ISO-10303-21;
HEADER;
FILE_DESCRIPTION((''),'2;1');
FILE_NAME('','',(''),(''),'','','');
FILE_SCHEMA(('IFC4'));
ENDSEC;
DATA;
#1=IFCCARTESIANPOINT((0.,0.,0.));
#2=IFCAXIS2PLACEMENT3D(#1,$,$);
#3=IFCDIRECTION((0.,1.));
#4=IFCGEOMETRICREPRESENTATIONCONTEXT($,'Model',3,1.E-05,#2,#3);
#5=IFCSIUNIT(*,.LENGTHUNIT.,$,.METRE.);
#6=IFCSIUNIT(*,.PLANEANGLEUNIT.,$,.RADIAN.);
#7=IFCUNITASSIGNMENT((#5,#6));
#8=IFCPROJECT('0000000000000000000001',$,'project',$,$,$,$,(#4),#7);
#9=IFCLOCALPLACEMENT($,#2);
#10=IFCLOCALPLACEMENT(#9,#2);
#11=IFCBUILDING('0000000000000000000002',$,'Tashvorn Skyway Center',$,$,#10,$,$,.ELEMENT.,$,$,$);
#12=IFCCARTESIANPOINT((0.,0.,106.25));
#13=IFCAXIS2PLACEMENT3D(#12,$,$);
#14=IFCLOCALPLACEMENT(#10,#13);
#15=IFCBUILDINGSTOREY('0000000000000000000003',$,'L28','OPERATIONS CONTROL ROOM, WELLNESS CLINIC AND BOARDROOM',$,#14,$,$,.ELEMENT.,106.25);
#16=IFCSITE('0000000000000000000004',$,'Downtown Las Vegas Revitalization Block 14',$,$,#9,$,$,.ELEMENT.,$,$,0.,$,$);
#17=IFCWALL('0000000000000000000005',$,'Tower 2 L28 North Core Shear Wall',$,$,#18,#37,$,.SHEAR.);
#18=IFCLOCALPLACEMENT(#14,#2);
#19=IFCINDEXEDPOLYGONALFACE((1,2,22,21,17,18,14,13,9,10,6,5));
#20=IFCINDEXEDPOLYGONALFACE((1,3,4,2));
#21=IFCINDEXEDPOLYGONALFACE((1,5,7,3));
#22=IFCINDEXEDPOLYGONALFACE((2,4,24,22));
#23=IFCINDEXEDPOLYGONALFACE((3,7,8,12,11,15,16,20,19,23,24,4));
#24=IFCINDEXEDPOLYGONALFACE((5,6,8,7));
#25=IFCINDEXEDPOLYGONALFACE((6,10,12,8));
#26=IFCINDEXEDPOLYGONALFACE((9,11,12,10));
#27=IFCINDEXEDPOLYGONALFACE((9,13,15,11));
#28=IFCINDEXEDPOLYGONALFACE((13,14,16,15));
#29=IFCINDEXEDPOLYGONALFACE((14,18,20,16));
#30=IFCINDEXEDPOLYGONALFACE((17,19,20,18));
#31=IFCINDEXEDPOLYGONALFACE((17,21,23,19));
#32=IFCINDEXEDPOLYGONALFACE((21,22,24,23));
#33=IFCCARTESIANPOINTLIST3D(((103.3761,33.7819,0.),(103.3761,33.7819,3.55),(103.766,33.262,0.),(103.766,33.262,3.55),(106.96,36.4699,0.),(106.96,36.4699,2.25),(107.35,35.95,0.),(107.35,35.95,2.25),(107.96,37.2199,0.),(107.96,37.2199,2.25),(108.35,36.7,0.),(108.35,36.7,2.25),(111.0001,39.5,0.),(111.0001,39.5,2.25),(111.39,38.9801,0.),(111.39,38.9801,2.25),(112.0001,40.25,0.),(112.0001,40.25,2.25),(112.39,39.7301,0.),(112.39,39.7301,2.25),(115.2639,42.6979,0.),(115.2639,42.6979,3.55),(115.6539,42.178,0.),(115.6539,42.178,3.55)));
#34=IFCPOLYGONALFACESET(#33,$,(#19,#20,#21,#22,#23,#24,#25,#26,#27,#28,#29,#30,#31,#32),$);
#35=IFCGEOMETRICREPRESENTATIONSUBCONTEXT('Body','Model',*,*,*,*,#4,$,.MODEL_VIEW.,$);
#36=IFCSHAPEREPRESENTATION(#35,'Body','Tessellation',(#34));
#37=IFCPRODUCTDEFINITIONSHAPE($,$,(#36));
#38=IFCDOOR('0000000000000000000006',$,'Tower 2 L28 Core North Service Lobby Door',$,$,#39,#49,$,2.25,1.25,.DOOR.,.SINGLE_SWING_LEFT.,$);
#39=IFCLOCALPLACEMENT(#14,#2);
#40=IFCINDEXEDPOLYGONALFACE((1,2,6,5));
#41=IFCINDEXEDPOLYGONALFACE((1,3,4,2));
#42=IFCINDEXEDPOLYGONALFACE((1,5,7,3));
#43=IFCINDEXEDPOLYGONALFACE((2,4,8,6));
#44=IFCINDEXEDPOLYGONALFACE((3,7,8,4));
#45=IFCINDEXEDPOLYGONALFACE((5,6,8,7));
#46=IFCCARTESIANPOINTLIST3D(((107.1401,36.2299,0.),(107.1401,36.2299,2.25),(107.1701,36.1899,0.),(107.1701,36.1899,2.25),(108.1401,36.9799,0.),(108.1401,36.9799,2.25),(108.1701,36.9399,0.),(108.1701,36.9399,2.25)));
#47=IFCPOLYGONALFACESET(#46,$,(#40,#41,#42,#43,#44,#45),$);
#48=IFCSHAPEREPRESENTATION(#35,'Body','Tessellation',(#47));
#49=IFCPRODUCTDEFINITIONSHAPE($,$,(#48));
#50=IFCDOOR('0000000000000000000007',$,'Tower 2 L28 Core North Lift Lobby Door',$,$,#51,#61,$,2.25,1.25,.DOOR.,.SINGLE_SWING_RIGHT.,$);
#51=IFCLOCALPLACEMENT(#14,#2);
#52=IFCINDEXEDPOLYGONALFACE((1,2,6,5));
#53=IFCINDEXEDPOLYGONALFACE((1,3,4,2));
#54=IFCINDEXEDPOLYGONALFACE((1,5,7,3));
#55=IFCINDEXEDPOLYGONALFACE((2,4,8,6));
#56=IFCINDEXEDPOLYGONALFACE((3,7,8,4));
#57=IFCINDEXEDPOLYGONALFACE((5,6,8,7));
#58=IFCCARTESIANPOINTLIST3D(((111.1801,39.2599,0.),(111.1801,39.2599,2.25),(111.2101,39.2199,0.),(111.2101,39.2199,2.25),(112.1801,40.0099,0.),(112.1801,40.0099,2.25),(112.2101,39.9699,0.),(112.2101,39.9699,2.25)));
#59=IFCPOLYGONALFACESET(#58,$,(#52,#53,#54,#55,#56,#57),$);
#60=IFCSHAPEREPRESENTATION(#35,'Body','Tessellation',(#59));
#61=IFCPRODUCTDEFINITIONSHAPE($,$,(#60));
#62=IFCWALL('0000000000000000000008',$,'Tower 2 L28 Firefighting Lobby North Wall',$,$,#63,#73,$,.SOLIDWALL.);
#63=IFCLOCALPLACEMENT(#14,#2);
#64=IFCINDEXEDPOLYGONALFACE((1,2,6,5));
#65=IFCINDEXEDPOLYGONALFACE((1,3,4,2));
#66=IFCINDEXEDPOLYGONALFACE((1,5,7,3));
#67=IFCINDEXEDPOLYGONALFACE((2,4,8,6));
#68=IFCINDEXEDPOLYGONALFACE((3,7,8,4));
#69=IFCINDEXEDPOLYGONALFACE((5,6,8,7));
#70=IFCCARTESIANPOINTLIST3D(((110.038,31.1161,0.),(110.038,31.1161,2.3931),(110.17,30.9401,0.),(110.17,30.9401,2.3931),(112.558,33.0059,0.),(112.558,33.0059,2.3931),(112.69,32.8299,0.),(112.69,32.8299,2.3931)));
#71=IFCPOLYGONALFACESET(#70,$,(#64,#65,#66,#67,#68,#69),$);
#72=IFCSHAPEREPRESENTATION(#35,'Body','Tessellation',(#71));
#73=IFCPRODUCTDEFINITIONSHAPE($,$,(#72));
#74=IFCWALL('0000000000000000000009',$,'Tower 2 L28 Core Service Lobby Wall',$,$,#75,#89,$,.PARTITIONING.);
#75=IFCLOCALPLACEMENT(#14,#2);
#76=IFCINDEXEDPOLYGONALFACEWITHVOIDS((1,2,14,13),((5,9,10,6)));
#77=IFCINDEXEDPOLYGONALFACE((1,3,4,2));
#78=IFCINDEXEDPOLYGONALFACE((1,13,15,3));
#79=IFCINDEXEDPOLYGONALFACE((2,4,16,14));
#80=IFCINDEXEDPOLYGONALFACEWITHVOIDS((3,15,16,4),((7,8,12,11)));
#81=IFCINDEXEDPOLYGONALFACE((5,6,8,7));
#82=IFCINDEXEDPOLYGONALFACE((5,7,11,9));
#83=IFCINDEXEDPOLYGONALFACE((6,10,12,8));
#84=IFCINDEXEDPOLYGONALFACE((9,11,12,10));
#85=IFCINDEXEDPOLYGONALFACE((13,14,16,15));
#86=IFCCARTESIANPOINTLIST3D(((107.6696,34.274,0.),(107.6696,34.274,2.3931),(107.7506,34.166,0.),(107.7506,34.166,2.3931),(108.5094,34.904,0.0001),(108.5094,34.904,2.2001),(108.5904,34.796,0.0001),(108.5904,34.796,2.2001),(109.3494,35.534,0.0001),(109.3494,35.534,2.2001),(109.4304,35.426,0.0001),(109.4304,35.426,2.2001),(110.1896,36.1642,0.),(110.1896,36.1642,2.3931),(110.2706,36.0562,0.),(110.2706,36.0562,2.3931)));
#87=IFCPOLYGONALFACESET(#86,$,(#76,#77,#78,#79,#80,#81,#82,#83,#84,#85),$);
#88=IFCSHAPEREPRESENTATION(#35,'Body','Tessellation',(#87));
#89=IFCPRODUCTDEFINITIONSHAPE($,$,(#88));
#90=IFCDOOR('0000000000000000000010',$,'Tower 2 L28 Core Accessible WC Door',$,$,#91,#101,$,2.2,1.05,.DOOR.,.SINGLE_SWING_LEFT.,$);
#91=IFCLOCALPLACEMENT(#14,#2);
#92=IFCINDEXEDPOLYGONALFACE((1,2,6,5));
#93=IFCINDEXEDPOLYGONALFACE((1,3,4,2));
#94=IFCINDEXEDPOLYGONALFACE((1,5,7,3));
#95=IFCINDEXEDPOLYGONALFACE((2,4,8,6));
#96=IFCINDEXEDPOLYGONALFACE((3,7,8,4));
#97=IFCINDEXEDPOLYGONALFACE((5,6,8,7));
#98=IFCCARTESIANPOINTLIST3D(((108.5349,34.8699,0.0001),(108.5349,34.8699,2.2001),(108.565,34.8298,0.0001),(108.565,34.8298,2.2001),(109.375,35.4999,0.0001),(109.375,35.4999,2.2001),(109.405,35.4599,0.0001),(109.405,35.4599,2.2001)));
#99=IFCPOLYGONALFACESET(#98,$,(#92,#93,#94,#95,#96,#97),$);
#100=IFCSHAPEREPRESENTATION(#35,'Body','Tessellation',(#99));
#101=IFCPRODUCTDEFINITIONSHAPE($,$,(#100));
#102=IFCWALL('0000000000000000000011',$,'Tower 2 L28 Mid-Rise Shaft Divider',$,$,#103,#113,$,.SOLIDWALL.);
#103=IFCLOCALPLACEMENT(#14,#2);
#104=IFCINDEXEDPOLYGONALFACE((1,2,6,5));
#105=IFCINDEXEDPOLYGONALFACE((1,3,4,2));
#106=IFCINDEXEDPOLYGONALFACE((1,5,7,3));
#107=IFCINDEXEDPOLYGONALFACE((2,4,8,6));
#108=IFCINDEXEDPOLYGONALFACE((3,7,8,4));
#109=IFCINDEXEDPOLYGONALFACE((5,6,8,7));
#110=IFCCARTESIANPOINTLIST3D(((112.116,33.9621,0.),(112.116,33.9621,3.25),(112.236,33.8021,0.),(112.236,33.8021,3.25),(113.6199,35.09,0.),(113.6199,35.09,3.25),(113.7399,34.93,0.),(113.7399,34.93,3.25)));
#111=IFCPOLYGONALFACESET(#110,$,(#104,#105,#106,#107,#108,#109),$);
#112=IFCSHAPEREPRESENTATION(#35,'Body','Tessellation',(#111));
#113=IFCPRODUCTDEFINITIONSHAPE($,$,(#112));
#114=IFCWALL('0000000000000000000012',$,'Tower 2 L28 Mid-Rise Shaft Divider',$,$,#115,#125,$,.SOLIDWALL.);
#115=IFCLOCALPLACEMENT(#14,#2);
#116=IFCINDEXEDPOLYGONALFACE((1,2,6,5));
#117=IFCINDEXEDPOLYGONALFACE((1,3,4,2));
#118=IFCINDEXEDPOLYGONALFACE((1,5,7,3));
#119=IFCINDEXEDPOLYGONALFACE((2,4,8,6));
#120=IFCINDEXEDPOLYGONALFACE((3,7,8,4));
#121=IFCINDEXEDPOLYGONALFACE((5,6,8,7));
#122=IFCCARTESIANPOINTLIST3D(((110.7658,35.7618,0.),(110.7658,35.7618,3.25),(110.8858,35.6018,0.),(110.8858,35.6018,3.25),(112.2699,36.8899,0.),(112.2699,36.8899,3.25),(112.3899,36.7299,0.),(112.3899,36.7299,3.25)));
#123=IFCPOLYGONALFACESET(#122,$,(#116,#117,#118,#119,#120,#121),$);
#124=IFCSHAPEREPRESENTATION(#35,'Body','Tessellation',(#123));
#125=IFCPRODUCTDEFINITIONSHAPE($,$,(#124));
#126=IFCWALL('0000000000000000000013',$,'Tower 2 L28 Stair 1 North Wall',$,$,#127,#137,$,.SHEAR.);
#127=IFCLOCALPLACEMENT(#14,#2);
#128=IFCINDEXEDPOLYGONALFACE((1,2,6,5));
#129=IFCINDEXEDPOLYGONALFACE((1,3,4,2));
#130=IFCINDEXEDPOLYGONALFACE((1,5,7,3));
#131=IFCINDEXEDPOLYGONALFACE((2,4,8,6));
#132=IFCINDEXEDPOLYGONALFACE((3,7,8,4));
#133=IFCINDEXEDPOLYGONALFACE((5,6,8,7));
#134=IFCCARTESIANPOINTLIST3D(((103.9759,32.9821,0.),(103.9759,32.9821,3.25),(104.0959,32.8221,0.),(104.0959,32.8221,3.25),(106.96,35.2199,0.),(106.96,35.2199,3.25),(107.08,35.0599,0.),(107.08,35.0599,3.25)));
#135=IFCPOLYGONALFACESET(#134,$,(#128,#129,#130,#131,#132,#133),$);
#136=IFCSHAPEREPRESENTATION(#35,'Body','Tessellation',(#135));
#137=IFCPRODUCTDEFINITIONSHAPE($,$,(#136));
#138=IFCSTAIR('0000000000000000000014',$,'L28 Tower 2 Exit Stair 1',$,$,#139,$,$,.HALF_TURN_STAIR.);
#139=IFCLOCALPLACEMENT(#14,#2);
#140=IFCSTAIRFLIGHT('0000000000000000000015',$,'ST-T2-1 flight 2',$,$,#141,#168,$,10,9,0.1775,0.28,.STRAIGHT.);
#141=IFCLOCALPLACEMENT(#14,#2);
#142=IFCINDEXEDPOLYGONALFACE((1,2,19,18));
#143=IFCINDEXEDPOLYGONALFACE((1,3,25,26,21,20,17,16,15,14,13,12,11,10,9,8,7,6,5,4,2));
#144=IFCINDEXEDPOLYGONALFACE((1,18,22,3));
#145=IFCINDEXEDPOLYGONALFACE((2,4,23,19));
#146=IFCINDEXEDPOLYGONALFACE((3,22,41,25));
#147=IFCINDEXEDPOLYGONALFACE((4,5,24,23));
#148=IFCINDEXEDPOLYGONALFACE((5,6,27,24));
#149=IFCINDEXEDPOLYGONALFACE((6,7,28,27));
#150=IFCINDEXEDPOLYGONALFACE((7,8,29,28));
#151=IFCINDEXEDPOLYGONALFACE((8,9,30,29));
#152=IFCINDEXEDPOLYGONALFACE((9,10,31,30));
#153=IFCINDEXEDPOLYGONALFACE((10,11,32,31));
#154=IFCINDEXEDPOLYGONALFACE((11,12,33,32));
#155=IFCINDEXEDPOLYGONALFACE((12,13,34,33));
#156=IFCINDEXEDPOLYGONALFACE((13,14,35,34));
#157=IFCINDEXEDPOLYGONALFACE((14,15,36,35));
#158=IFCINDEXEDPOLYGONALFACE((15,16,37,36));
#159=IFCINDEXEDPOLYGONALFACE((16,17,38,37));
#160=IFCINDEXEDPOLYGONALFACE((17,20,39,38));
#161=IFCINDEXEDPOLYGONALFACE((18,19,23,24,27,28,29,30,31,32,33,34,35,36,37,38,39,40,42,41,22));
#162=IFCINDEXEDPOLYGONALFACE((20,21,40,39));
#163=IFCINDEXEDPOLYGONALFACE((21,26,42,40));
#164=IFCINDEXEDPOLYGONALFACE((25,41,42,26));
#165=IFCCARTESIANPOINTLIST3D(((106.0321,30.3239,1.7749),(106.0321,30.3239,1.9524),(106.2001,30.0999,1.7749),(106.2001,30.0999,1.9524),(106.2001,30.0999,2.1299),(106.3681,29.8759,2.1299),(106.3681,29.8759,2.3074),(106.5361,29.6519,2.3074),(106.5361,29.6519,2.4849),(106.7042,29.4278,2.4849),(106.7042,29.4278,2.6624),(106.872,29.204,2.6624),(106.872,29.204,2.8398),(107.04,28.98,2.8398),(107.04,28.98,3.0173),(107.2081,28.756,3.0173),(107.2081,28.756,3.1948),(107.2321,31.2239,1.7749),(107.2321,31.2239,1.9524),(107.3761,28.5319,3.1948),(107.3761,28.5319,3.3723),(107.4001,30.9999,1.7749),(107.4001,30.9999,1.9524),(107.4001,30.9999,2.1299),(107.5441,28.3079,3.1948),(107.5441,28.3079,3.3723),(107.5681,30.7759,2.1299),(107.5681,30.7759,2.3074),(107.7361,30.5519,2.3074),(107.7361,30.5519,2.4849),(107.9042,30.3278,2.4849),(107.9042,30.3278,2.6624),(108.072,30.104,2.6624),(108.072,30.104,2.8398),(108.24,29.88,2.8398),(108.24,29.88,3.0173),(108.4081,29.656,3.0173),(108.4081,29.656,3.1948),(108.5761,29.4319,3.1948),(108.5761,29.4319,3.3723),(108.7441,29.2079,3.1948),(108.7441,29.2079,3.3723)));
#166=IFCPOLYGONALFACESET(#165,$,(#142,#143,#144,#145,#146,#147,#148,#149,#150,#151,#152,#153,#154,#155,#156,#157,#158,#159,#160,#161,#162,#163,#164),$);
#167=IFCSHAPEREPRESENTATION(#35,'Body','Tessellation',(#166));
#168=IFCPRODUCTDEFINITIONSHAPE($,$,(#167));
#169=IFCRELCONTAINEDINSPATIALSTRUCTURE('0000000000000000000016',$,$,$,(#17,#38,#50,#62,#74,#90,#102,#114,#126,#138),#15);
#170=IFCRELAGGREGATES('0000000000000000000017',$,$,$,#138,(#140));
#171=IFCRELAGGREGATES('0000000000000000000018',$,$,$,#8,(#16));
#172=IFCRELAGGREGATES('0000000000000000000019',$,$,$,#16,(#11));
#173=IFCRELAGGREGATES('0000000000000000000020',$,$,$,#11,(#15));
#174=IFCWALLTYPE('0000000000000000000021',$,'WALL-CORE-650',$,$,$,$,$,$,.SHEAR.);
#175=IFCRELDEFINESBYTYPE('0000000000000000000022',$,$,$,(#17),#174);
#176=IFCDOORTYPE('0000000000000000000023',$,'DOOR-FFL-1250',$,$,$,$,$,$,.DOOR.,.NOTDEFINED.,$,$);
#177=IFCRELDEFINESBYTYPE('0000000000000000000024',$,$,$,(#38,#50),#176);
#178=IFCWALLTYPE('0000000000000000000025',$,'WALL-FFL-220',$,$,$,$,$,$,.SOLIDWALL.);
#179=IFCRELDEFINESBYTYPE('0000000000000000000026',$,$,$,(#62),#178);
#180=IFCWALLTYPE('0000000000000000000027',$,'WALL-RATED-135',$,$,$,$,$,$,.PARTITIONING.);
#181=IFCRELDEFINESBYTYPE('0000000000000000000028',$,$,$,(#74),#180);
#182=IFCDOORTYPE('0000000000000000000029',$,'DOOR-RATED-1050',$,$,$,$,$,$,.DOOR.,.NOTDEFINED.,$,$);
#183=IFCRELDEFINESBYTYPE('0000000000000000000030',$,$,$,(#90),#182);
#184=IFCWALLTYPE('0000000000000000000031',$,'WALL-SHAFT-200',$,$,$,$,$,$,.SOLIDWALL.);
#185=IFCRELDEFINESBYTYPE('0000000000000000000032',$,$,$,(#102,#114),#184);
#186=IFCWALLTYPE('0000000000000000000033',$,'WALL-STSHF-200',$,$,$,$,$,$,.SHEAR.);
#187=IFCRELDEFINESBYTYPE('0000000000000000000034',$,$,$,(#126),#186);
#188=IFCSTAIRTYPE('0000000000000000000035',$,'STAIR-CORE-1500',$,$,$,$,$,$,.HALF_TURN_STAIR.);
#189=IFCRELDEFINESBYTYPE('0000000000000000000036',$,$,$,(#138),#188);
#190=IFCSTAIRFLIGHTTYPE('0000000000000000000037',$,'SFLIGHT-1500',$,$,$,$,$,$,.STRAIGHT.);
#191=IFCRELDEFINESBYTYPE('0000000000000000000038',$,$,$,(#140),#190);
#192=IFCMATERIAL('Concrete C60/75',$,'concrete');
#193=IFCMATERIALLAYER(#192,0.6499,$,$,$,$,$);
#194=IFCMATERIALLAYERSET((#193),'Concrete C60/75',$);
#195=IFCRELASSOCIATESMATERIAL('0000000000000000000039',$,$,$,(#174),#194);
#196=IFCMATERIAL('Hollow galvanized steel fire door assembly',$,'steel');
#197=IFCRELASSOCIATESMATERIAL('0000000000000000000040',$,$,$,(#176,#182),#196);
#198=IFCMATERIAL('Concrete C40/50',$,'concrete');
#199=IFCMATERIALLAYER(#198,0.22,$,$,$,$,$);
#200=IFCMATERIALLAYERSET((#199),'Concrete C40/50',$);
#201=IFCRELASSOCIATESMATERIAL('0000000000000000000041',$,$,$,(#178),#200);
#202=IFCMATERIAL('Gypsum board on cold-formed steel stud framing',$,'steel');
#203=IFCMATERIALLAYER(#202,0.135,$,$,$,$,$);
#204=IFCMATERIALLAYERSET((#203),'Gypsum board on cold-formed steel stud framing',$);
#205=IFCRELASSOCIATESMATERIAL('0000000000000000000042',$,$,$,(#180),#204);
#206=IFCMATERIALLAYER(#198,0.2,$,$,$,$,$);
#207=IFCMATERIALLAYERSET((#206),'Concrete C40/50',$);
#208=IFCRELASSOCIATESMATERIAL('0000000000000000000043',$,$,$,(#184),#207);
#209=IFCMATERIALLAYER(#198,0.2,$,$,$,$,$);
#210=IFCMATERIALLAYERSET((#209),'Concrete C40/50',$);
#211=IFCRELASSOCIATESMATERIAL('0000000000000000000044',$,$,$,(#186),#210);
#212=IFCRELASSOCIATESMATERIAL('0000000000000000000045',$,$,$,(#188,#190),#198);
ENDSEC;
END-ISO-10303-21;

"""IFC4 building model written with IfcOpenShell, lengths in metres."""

from ifc_helpers import new_model, si_unit, direction, frame, frame_2d, origin, place, context, subcontext, project, spatial, polyline, rectangle, outline, extrude, material, layer, layer_set, type_object, element, fill, aggregate, save


model = new_model("IFC4")

# Units and contexts
model_context = context("Model", 3, precision=1e-05, world=origin(), true_north=direction((0.0, 1.0)))
body_context = subcontext(model_context, "Body", "Model", "MODEL_VIEW")
ifc_project = project(units=[si_unit("LENGTHUNIT", "METRE"), si_unit("PLANEANGLEUNIT", "RADIAN")], contexts=[model_context])

# Site, building, storey
site_placement = place(None, origin())
site = spatial("IfcSite", under=ifc_project, at=site_placement, Name="Downtown Las Vegas Revitalization Block 14", CompositionType="ELEMENT", RefElevation=0.0)
building_placement = place(site_placement, origin())
building = spatial("IfcBuilding", under=site, at=building_placement, Name="Tashvorn Skyway Center", CompositionType="ELEMENT")
storey_placement = place(building_placement, frame((0.0, 0.0, 106.25)))
storey = spatial("IfcBuildingStorey", under=building, at=storey_placement, Name="L28", Description="OPERATIONS CONTROL ROOM, WELLNESS CLINIC AND BOARDROOM", CompositionType="ELEMENT", Elevation=106.25)

# Shared definitions
ifc_material_1 = material(Name="Concrete C60/75", Category="concrete")

# Wall, openings, doors
ifc_layer_1 = layer(ifc_material_1, 0.6499)
ifc_layer_set_1 = layer_set([ifc_layer_1], Name="Concrete C60/75")
wall_type_1 = type_object("IfcWallType", Name="WALL-CORE-650", PredefinedType="SHEAR", material=ifc_layer_set_1)
wall_1_placement = place(storey_placement, frame((103.571, 33.522, 0.0), z_axis=(0.0, 0.0, 1.0), x_axis=(0.799998, 0.600003, 0.0)))
wall_1 = element("IfcWall", 1, at=wall_1_placement, inside=storey, type_object=wall_type_1, Name="Tower 2 L28 North Core Shear Wall", PredefinedType="SHEAR", context=body_context, shape_type="SweptSolid", body=[
    extrude(rectangle(XDim=14.8599, YDim=0.6499, at=frame_2d((7.4299, 0.0))), origin(), (0.0, 0.0, 1.0), 3.55),
])
opening_1_placement = place(wall_1_placement, frame((4.48, 0.0, 0.0)))
opening_1 = element("IfcOpeningElement", 2, at=opening_1_placement, cuts=wall_1, PredefinedType="OPENING", context=body_context, shape_type="SweptSolid", body=[
    extrude(rectangle(XDim=1.25, YDim=2.25, at=frame_2d((0.625, 1.125))), frame((0.0, 0.335, 0.0), z_axis=(0.0, -1.0, 0.0), x_axis=(1.0, 0.0, 0.0)), (0.0, 0.0, 1.0), 0.6699),
])
opening_2_placement = place(wall_1_placement, frame((9.53, 0.0, 0.0)))
opening_2 = element("IfcOpeningElement", 3, at=opening_2_placement, cuts=wall_1, PredefinedType="OPENING", context=body_context, shape_type="SweptSolid", body=[
    extrude(rectangle(XDim=1.25, YDim=2.25, at=frame_2d((0.625, 1.125))), frame((0.0, 0.335, 0.0), z_axis=(0.0, -1.0, 0.0), x_axis=(1.0, 0.0, 0.0)), (0.0, 0.0, 1.0), 0.6699),
])
ifc_material_2 = material(Name="Hollow galvanized steel fire door assembly", Category="steel")
door_type_1 = type_object("IfcDoorType", Name="DOOR-FFL-1250", OperationType="NOTDEFINED", PredefinedType="DOOR", material=ifc_material_2)
door_1_placement = place(opening_1_placement, origin())
door_1 = element("IfcDoor", 4, at=door_1_placement, inside=storey, type_object=door_type_1, Name="Tower 2 L28 Core North Service Lobby Door", OperationType="SINGLE_SWING_LEFT", OverallHeight=2.25, OverallWidth=1.25, PredefinedType="DOOR", context=body_context, shape_type="SweptSolid", body=[
    extrude(rectangle(XDim=1.25, YDim=2.25, at=frame_2d((0.625, 1.125))), frame((0.0, 0.0249, 0.0), z_axis=(0.0, -1.0, 0.0), x_axis=(1.0, 0.0, 0.0)), (0.0, 0.0, 1.0), 0.05),
])
fill(opening_1, door_1)
door_2_placement = place(opening_2_placement, origin())
door_2 = element("IfcDoor", 5, at=door_2_placement, inside=storey, type_object=door_type_1, Name="Tower 2 L28 Core North Lift Lobby Door", OperationType="SINGLE_SWING_RIGHT", OverallHeight=2.25, OverallWidth=1.25, PredefinedType="DOOR", context=body_context, shape_type="SweptSolid", body=[
    extrude(rectangle(XDim=1.25, YDim=2.25, at=frame_2d((0.625, 1.125))), frame((0.0, 0.0249, 0.0), z_axis=(0.0, -1.0, 0.0), x_axis=(1.0, 0.0, 0.0)), (0.0, 0.0, 1.0), 0.05),
])
fill(opening_2, door_2)

# Wall
ifc_material_3 = material(Name="Concrete C40/50", Category="concrete")
ifc_layer_2 = layer(ifc_material_3, 0.22)
ifc_layer_set_2 = layer_set([ifc_layer_2], Name="Concrete C40/50")
wall_type_2 = type_object("IfcWallType", Name="WALL-FFL-220", PredefinedType="SOLIDWALL", material=ifc_layer_set_2)
wall_2_placement = place(storey_placement, frame((110.104, 31.0281, 0.0), z_axis=(0.0, 0.0, 1.0), x_axis=(0.800019, 0.599975, 0.0)))
element("IfcWall", 6, at=wall_2_placement, inside=storey, type_object=wall_type_2, Name="Tower 2 L28 Firefighting Lobby North Wall", PredefinedType="SOLIDWALL", context=body_context, shape_type="SweptSolid", body=[
    extrude(rectangle(XDim=3.1499, YDim=0.22, at=frame_2d((1.575, 0.0))), origin(), (0.0, 0.0, 1.0), 2.3931),
])

# Wall, opening, door
ifc_material_4 = material(Name="Gypsum board on cold-formed steel stud framing", Category="steel")
ifc_layer_3 = layer(ifc_material_4, 0.135)
ifc_layer_set_3 = layer_set([ifc_layer_3], Name="Gypsum board on cold-formed steel stud framing")
wall_type_3 = type_object("IfcWallType", Name="WALL-RATED-135", PredefinedType="PARTITIONING", material=ifc_layer_set_3)
wall_3_placement = place(storey_placement, frame((107.71, 34.22, 0.0), z_axis=(0.0, 0.0, 1.0), x_axis=(0.799981, 0.600025, 0.0)))
wall_3 = element("IfcWall", 7, at=wall_3_placement, inside=storey, type_object=wall_type_3, Name="Tower 2 L28 Core Service Lobby Wall", PredefinedType="PARTITIONING", context=body_context, shape_type="SweptSolid", body=[
    extrude(rectangle(XDim=3.1501, YDim=0.135, at=frame_2d((1.5752, 0.0))), origin(), (0.0, 0.0, 1.0), 2.3931),
])
opening_3_placement = place(wall_3_placement, frame((1.05, 0.0, 0.0)))
opening_3 = element("IfcOpeningElement", 8, at=opening_3_placement, cuts=wall_3, PredefinedType="OPENING", context=body_context, shape_type="SweptSolid", body=[
    extrude(rectangle(XDim=1.05, YDim=2.2, at=frame_2d((0.5249, 1.1001))), frame((0.0, 0.0774, 0.0), z_axis=(0.0, -1.0, 0.0), x_axis=(1.0, 0.0, 0.0)), (0.0, 0.0, 1.0), 0.155),
])
door_type_2 = type_object("IfcDoorType", Name="DOOR-RATED-1050", OperationType="NOTDEFINED", PredefinedType="DOOR", material=ifc_material_2)
door_3_placement = place(opening_3_placement, origin())
door_3 = element("IfcDoor", 9, at=door_3_placement, inside=storey, type_object=door_type_2, Name="Tower 2 L28 Core Accessible WC Door", OperationType="SINGLE_SWING_LEFT", OverallHeight=2.2, OverallWidth=1.05, PredefinedType="DOOR", context=body_context, shape_type="SweptSolid", body=[
    extrude(rectangle(XDim=1.05, YDim=2.2, at=frame_2d((0.5249, 1.1001))), frame((0.0, 0.0249, 0.0), z_axis=(0.0, -1.0, 0.0), x_axis=(1.0, 0.0, 0.0)), (0.0, 0.0, 1.0), 0.05),
])
fill(opening_3, door_3)

# Walls
ifc_layer_4 = layer(ifc_material_3, 0.2)
ifc_layer_set_4 = layer_set([ifc_layer_4], Name="Concrete C40/50")
wall_type_4 = type_object("IfcWallType", Name="WALL-SHAFT-200", PredefinedType="SOLIDWALL", material=ifc_layer_set_4)
wall_4_placement = place(storey_placement, frame((112.176, 33.8821, 0.0), z_axis=(0.0, 0.0, 1.0), x_axis=(0.8, 0.6, 0.0)))
element("IfcWall", 10, at=wall_4_placement, inside=storey, type_object=wall_type_4, Name="Tower 2 L28 Mid-Rise Shaft Divider", PredefinedType="SOLIDWALL", context=body_context, shape_type="SweptSolid", body=[
    extrude(rectangle(XDim=1.8799, YDim=0.2, at=frame_2d((0.9399, 0.0))), origin(), (0.0, 0.0, 1.0), 3.25),
])
wall_5_placement = place(storey_placement, frame((110.8259, 35.6819, 0.0), z_axis=(0.0, 0.0, 1.0), x_axis=(0.799984, 0.600021, 0.0)))
element("IfcWall", 11, at=wall_5_placement, inside=storey, type_object=wall_type_4, Name="Tower 2 L28 Mid-Rise Shaft Divider", PredefinedType="SOLIDWALL", context=body_context, shape_type="SweptSolid", body=[
    extrude(rectangle(XDim=1.8801, YDim=0.2, at=frame_2d((0.9399, 0.0))), origin(), (0.0, 0.0, 1.0), 3.25),
])
ifc_layer_5 = layer(ifc_material_3, 0.2)
ifc_layer_set_5 = layer_set([ifc_layer_5], Name="Concrete C40/50")
wall_type_5 = type_object("IfcWallType", Name="WALL-STSHF-200", PredefinedType="SHEAR", material=ifc_layer_set_5)
wall_6_placement = place(storey_placement, frame((104.0359, 32.9021, 0.0), z_axis=(0.0, 0.0, 1.0), x_axis=(0.800039, 0.599948, 0.0)))
element("IfcWall", 12, at=wall_6_placement, inside=storey, type_object=wall_type_5, Name="Tower 2 L28 Stair 1 North Wall", PredefinedType="SHEAR", context=body_context, shape_type="SweptSolid", body=[
    extrude(rectangle(XDim=3.73, YDim=0.2, at=frame_2d((1.865, 0.0))), origin(), (0.0, 0.0, 1.0), 3.25),
])

# Stair, stair flight
stair_type = type_object("IfcStairType", Name="STAIR-CORE-1500", PredefinedType="HALF_TURN_STAIR", material=ifc_material_3)
stair_placement = place(storey_placement, origin())
stair = element("IfcStair", 13, at=stair_placement, inside=storey, type_object=stair_type, Name="L28 Tower 2 Exit Stair 1", PredefinedType="HALF_TURN_STAIR")
stair_flight_type = type_object("IfcStairFlightType", Name="SFLIGHT-1500", PredefinedType="STRAIGHT", material=ifc_material_3)
stair_flight_placement = place(storey_placement, frame((106.6321, 30.7739, 1.7749), z_axis=(0.0, 0.0, 1.0), x_axis=(0.6, -0.8, 0.0)))
stair_flight = element("IfcStairFlight", 14, at=stair_flight_placement, type_object=stair_flight_type, Name="ST-T2-1 flight 2", NumberOfRisers=10, NumberOfTreads=9, PredefinedType="STRAIGHT", RiserHeight=0.1775, TreadLength=0.28, context=body_context, shape_type="SweptSolid", body=[
    extrude(outline(polyline([(0.0, 0.0), (0.0, 0.1775), (0.28, 0.1775), (0.28, 0.355), (0.5601, 0.355), (0.5601, 0.5325), (0.8401, 0.5325), (0.8401, 0.71), (1.1201, 0.71), (1.1201, 0.8875), (1.3999, 0.8875), (1.3999, 1.0649), (1.6799, 1.0649), (1.6799, 1.2424), (1.96, 1.2424), (1.96, 1.4199), (2.24, 1.4199), (2.24, 1.5974), (2.52, 1.5974), (2.52, 1.7749), (2.52, 1.4199), (0.28, 0.0), (0.0, 0.0)])), frame((0.0, 0.75, 0.0), z_axis=(0.0, -1.0, 0.0), x_axis=(1.0, 0.0, 0.0)), (0.0, 0.0, 1.0), 1.5),
])
aggregate(stair, [stair_flight])

save(model, "model.ifc")
